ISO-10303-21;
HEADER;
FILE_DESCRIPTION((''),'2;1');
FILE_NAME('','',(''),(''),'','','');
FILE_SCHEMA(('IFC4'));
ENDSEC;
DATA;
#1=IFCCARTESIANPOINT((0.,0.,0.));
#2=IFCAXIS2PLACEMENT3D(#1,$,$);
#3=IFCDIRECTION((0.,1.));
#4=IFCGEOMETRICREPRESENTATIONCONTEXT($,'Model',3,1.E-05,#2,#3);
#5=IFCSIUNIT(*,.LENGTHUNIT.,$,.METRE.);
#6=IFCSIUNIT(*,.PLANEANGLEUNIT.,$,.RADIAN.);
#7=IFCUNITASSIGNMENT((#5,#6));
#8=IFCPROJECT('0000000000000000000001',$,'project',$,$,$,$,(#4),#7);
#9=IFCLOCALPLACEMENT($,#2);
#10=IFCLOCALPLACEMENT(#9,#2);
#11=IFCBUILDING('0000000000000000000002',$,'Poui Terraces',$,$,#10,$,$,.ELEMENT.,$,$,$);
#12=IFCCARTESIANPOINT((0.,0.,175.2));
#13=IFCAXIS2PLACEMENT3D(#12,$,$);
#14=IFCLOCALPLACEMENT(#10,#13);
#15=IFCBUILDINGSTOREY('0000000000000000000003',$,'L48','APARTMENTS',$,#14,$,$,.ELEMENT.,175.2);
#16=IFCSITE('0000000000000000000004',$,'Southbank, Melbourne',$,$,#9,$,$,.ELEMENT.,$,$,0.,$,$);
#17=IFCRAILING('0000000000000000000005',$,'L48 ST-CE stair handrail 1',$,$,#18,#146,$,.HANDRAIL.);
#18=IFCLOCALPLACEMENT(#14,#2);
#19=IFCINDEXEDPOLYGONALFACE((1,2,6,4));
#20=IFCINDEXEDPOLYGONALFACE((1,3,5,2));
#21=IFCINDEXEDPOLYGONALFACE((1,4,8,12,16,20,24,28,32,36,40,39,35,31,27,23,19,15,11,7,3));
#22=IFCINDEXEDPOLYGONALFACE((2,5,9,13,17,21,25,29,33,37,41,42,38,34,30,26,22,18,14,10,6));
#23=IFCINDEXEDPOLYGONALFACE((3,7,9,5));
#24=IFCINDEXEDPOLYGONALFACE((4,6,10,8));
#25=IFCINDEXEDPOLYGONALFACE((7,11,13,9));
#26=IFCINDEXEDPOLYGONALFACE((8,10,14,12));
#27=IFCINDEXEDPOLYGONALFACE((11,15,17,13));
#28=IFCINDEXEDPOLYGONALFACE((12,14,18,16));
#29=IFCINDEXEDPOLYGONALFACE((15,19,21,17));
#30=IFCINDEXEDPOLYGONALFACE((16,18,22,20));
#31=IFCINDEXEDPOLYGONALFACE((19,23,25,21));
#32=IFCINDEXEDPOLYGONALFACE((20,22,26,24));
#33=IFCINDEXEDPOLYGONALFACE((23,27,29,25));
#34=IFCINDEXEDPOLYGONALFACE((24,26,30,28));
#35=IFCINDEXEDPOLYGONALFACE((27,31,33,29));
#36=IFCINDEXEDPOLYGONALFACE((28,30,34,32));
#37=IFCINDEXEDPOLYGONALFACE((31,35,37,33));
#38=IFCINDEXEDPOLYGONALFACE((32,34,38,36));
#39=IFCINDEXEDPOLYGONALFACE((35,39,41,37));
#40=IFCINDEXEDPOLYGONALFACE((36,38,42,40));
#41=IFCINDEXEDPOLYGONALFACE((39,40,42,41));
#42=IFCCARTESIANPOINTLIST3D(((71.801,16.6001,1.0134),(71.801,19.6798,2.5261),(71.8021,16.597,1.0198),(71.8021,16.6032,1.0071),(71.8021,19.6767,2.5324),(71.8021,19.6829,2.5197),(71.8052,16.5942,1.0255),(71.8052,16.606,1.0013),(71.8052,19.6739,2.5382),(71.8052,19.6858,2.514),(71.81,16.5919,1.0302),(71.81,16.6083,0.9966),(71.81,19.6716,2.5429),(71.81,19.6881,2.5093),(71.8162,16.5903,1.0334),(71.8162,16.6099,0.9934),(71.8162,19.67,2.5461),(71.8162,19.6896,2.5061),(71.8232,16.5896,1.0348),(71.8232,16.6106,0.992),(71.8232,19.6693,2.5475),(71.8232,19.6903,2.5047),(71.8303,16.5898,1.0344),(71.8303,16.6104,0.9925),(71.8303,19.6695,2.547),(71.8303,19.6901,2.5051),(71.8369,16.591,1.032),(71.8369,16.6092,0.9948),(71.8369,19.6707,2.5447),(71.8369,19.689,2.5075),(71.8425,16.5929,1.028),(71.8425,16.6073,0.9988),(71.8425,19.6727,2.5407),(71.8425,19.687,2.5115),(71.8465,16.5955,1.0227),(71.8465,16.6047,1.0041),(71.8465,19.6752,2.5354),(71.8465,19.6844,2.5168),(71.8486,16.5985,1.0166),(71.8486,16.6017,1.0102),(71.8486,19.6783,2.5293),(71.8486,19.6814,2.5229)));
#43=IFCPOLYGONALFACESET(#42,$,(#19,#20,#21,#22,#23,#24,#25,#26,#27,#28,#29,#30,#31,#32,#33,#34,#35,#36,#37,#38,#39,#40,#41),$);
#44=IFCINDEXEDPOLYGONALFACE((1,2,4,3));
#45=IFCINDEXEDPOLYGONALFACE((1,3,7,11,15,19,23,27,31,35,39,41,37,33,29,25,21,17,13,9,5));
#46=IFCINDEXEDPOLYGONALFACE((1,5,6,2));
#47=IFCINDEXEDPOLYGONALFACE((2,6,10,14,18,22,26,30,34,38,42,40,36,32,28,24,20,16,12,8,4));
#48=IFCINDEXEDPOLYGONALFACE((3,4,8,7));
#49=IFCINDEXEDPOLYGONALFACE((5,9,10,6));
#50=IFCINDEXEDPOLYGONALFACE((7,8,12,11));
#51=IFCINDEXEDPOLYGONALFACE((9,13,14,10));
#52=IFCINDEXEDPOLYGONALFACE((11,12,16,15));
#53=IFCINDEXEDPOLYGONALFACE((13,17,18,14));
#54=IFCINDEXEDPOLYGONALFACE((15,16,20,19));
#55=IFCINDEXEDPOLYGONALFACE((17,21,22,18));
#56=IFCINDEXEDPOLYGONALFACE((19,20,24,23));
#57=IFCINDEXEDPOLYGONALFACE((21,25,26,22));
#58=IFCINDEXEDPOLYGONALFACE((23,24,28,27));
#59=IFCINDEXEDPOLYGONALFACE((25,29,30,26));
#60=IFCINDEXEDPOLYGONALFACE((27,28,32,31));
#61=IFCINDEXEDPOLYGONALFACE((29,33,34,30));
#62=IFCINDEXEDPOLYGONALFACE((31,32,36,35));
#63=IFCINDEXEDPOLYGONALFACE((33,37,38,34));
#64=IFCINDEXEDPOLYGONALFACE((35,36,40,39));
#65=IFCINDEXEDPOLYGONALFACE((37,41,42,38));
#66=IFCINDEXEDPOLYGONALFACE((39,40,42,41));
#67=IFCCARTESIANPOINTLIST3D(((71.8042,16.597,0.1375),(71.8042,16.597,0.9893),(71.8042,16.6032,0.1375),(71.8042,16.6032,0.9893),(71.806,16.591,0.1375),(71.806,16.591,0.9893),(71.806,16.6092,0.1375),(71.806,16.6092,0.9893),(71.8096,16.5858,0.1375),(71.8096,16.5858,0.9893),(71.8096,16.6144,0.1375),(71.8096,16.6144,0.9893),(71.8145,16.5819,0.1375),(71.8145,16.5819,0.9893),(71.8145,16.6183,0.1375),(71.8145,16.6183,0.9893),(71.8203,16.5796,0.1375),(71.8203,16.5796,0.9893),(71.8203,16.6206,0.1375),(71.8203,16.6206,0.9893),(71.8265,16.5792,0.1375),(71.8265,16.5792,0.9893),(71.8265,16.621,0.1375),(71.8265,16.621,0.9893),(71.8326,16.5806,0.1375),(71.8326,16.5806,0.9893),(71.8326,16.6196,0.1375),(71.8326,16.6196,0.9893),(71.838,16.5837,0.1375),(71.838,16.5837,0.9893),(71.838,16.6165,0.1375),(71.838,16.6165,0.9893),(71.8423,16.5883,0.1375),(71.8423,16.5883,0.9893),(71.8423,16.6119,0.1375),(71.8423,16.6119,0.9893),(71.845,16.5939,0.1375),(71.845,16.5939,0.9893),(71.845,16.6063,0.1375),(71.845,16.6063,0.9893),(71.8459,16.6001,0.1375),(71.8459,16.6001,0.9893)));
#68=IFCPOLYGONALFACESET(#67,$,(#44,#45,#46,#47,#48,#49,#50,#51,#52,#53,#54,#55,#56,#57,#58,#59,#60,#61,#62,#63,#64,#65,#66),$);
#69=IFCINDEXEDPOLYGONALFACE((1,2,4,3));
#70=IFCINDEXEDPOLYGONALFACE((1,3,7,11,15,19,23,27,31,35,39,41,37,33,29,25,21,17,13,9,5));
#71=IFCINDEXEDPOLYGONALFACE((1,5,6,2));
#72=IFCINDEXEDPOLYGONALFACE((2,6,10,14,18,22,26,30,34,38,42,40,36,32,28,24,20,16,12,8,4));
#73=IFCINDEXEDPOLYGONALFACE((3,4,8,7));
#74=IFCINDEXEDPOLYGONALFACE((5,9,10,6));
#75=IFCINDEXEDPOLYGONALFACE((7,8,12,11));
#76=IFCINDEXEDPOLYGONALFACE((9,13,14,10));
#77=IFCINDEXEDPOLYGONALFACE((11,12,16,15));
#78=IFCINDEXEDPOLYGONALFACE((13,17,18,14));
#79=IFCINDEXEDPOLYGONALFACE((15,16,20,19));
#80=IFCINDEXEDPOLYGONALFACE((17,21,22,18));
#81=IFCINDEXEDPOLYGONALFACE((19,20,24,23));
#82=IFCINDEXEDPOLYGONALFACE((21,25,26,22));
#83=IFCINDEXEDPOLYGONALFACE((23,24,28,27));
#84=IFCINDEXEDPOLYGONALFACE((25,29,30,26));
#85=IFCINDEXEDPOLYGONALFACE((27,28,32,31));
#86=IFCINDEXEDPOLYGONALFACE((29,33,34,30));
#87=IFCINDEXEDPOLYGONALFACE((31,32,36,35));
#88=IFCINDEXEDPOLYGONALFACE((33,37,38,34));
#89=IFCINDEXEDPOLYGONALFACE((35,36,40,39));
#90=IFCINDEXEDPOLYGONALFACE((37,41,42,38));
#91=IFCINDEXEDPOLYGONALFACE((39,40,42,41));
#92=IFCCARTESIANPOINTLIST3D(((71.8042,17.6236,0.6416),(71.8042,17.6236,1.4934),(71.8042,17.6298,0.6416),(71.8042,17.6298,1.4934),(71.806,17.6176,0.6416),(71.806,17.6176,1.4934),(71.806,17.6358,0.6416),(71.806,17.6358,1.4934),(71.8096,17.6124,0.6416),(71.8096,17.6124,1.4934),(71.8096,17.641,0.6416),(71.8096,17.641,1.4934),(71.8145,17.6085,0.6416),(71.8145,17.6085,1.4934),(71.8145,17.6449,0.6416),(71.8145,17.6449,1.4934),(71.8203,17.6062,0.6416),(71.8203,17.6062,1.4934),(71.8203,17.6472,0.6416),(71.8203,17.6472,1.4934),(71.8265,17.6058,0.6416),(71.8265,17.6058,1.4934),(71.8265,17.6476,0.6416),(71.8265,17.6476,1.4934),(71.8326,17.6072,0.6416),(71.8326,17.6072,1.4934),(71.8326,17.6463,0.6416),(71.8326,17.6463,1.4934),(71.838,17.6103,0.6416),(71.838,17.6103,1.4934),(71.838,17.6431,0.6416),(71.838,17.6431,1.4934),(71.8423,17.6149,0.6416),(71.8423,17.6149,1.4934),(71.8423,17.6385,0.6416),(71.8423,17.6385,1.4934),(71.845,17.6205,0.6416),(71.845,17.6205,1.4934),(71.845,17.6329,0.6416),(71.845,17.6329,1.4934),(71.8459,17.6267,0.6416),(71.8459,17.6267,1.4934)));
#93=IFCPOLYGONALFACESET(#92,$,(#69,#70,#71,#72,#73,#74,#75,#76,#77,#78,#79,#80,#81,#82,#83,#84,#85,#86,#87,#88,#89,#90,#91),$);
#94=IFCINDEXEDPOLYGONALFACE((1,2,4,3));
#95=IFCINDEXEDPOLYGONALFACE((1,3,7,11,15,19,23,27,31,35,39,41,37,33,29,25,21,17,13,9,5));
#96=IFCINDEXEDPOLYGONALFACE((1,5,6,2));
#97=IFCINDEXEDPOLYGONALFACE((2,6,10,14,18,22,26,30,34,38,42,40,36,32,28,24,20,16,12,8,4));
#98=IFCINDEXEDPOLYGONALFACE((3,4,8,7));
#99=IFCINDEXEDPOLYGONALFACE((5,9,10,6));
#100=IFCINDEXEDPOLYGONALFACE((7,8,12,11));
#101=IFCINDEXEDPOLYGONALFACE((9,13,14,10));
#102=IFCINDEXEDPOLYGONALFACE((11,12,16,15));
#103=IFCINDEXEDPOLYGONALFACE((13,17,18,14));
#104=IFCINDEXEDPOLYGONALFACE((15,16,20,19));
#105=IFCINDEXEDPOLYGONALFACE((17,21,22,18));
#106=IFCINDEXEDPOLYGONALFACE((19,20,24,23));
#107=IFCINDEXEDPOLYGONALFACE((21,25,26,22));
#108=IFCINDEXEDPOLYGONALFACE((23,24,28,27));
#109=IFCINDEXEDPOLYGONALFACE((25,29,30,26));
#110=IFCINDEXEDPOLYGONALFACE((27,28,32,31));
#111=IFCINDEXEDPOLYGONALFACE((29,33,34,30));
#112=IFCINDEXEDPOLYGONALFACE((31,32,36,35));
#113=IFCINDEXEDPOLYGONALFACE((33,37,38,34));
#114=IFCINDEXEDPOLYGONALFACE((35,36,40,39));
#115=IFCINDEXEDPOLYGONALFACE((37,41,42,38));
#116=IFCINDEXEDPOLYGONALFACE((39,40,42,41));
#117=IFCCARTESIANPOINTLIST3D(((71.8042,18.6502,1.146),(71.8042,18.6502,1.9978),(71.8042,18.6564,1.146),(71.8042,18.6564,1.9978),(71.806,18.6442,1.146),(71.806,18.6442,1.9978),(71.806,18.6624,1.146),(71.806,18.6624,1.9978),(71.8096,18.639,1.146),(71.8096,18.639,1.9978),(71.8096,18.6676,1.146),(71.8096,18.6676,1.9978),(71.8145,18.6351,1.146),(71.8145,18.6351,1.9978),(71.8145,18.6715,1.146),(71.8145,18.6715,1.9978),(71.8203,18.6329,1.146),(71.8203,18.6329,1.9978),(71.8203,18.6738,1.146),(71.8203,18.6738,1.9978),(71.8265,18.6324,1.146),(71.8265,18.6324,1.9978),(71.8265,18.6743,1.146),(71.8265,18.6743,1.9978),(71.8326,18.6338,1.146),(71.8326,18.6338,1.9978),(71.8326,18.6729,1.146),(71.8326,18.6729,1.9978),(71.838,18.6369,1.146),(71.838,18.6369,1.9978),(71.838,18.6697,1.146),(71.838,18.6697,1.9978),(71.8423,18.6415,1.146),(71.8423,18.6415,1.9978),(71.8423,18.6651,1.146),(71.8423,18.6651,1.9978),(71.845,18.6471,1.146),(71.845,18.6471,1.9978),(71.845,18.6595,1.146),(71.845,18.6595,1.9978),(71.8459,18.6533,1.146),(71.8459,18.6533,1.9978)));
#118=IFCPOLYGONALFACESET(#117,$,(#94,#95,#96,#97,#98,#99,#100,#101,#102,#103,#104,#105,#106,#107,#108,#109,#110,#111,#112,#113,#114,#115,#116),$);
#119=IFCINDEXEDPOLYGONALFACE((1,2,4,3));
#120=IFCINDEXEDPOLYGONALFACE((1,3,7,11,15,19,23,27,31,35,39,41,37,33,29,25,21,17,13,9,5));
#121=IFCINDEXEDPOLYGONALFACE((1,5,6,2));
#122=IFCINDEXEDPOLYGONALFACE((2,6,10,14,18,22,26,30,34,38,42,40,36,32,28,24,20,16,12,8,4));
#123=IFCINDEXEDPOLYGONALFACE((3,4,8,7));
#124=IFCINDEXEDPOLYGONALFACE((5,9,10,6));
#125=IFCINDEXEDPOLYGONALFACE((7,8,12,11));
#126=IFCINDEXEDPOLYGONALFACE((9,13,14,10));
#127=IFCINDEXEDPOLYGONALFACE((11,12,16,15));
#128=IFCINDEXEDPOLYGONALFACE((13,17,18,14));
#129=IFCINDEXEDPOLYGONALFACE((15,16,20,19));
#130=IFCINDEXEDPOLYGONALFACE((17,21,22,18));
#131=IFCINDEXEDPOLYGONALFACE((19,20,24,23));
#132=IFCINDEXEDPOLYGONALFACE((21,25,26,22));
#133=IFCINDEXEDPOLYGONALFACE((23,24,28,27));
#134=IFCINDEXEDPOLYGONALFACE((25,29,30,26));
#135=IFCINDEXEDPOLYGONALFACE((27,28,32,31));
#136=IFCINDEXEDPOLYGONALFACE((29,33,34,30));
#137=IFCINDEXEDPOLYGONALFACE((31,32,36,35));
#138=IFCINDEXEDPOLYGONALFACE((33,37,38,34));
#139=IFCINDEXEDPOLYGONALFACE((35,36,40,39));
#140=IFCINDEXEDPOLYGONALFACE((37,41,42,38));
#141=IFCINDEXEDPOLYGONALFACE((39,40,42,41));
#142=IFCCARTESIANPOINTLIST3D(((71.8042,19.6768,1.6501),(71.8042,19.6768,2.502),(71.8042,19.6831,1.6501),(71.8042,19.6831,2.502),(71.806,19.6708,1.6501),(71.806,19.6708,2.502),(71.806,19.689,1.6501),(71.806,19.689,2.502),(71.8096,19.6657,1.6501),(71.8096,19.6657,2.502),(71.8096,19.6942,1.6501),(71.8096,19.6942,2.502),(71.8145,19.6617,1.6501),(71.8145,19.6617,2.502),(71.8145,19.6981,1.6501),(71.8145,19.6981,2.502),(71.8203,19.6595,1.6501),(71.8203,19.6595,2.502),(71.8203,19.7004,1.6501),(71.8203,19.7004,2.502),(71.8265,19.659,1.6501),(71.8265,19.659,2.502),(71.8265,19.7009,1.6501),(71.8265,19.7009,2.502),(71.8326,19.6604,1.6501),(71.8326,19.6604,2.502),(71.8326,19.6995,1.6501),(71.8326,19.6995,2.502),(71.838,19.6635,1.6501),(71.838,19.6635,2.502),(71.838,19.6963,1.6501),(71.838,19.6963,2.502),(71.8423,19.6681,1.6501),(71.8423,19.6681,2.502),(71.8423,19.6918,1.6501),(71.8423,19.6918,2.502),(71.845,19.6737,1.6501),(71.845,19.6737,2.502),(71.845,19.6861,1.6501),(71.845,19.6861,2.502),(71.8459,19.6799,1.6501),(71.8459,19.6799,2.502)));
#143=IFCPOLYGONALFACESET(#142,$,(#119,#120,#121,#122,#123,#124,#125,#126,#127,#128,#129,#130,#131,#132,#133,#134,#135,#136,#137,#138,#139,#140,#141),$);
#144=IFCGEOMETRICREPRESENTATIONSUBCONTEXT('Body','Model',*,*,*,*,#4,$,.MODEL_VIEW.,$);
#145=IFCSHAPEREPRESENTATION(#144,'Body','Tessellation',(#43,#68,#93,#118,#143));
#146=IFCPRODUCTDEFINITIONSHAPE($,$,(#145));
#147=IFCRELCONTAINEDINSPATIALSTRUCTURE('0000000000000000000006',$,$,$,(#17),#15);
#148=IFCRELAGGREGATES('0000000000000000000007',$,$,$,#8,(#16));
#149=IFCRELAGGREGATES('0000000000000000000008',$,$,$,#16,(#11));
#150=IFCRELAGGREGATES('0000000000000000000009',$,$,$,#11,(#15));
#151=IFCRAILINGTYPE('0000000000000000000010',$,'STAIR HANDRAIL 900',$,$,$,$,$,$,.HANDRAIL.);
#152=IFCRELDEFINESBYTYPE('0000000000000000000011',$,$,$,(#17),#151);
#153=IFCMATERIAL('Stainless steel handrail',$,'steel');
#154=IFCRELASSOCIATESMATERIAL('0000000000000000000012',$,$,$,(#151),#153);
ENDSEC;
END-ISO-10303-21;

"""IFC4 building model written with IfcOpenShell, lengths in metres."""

from ifc_helpers import new_model, si_unit, direction, frame, origin, origin_2d, place, context, subcontext, project, spatial, circle, extrude, material, type_object, element, save


model = new_model("IFC4")

# Units and contexts
model_context = context("Model", 3, precision=1e-05, world=origin(), true_north=direction((0.0, 1.0)))
body_context = subcontext(model_context, "Body", "Model", "MODEL_VIEW")
ifc_project = project(units=[si_unit("LENGTHUNIT", "METRE"), si_unit("PLANEANGLEUNIT", "RADIAN")], contexts=[model_context])

# Site, building, storey
site_placement = place(None, origin())
site = spatial("IfcSite", under=ifc_project, at=site_placement, Name="Southbank, Melbourne", CompositionType="ELEMENT", RefElevation=0.0)
building_placement = place(site_placement, origin())
building = spatial("IfcBuilding", under=site, at=building_placement, Name="Poui Terraces", CompositionType="ELEMENT")
storey_placement = place(building_placement, frame((0.0, 0.0, 175.2)))
storey = spatial("IfcBuildingStorey", under=building, at=storey_placement, Name="L48", Description="APARTMENTS", CompositionType="ELEMENT", Elevation=175.2)

# Railing
ifc_material_1 = material(Name="Stainless steel handrail", Category="steel")
railing_type_1 = type_object("IfcRailingType", Name="STAIR HANDRAIL 900", PredefinedType="HANDRAIL", material=ifc_material_1)
railing_1_placement = place(storey_placement, frame((71.825, 16.6001, 0.1375)))
element("IfcRailing", 1, at=railing_1_placement, inside=storey, type_object=railing_type_1, Name="L48 ST-CE stair handrail 1", PredefinedType="HANDRAIL", context=body_context, shape_type="SweptSolid", body=[
    extrude(circle(Radius=0.0239, at=origin_2d()), frame((0.0, 0.0, 0.876), z_axis=(0.0, 0.897578, 0.440856), x_axis=(-1.0, 0.0, 0.0)), (0.0, 0.0, 1.0), 3.4312),
    extrude(circle(Radius=0.021, at=origin_2d()), origin(), (0.0, 0.0, 1.0), 0.8518),
    extrude(circle(Radius=0.021, at=origin_2d()), frame((0.0, 1.0266, 0.5042)), (0.0, 0.0, 1.0), 0.8518),
    extrude(circle(Radius=0.021, at=origin_2d()), frame((0.0, 2.0532, 1.0085)), (0.0, 0.0, 1.0), 0.8518),
    extrude(circle(Radius=0.021, at=origin_2d()), frame((0.0, 3.0798, 1.5127)), (0.0, 0.0, 1.0), 0.8518),
])

save(model, "model.ifc")
